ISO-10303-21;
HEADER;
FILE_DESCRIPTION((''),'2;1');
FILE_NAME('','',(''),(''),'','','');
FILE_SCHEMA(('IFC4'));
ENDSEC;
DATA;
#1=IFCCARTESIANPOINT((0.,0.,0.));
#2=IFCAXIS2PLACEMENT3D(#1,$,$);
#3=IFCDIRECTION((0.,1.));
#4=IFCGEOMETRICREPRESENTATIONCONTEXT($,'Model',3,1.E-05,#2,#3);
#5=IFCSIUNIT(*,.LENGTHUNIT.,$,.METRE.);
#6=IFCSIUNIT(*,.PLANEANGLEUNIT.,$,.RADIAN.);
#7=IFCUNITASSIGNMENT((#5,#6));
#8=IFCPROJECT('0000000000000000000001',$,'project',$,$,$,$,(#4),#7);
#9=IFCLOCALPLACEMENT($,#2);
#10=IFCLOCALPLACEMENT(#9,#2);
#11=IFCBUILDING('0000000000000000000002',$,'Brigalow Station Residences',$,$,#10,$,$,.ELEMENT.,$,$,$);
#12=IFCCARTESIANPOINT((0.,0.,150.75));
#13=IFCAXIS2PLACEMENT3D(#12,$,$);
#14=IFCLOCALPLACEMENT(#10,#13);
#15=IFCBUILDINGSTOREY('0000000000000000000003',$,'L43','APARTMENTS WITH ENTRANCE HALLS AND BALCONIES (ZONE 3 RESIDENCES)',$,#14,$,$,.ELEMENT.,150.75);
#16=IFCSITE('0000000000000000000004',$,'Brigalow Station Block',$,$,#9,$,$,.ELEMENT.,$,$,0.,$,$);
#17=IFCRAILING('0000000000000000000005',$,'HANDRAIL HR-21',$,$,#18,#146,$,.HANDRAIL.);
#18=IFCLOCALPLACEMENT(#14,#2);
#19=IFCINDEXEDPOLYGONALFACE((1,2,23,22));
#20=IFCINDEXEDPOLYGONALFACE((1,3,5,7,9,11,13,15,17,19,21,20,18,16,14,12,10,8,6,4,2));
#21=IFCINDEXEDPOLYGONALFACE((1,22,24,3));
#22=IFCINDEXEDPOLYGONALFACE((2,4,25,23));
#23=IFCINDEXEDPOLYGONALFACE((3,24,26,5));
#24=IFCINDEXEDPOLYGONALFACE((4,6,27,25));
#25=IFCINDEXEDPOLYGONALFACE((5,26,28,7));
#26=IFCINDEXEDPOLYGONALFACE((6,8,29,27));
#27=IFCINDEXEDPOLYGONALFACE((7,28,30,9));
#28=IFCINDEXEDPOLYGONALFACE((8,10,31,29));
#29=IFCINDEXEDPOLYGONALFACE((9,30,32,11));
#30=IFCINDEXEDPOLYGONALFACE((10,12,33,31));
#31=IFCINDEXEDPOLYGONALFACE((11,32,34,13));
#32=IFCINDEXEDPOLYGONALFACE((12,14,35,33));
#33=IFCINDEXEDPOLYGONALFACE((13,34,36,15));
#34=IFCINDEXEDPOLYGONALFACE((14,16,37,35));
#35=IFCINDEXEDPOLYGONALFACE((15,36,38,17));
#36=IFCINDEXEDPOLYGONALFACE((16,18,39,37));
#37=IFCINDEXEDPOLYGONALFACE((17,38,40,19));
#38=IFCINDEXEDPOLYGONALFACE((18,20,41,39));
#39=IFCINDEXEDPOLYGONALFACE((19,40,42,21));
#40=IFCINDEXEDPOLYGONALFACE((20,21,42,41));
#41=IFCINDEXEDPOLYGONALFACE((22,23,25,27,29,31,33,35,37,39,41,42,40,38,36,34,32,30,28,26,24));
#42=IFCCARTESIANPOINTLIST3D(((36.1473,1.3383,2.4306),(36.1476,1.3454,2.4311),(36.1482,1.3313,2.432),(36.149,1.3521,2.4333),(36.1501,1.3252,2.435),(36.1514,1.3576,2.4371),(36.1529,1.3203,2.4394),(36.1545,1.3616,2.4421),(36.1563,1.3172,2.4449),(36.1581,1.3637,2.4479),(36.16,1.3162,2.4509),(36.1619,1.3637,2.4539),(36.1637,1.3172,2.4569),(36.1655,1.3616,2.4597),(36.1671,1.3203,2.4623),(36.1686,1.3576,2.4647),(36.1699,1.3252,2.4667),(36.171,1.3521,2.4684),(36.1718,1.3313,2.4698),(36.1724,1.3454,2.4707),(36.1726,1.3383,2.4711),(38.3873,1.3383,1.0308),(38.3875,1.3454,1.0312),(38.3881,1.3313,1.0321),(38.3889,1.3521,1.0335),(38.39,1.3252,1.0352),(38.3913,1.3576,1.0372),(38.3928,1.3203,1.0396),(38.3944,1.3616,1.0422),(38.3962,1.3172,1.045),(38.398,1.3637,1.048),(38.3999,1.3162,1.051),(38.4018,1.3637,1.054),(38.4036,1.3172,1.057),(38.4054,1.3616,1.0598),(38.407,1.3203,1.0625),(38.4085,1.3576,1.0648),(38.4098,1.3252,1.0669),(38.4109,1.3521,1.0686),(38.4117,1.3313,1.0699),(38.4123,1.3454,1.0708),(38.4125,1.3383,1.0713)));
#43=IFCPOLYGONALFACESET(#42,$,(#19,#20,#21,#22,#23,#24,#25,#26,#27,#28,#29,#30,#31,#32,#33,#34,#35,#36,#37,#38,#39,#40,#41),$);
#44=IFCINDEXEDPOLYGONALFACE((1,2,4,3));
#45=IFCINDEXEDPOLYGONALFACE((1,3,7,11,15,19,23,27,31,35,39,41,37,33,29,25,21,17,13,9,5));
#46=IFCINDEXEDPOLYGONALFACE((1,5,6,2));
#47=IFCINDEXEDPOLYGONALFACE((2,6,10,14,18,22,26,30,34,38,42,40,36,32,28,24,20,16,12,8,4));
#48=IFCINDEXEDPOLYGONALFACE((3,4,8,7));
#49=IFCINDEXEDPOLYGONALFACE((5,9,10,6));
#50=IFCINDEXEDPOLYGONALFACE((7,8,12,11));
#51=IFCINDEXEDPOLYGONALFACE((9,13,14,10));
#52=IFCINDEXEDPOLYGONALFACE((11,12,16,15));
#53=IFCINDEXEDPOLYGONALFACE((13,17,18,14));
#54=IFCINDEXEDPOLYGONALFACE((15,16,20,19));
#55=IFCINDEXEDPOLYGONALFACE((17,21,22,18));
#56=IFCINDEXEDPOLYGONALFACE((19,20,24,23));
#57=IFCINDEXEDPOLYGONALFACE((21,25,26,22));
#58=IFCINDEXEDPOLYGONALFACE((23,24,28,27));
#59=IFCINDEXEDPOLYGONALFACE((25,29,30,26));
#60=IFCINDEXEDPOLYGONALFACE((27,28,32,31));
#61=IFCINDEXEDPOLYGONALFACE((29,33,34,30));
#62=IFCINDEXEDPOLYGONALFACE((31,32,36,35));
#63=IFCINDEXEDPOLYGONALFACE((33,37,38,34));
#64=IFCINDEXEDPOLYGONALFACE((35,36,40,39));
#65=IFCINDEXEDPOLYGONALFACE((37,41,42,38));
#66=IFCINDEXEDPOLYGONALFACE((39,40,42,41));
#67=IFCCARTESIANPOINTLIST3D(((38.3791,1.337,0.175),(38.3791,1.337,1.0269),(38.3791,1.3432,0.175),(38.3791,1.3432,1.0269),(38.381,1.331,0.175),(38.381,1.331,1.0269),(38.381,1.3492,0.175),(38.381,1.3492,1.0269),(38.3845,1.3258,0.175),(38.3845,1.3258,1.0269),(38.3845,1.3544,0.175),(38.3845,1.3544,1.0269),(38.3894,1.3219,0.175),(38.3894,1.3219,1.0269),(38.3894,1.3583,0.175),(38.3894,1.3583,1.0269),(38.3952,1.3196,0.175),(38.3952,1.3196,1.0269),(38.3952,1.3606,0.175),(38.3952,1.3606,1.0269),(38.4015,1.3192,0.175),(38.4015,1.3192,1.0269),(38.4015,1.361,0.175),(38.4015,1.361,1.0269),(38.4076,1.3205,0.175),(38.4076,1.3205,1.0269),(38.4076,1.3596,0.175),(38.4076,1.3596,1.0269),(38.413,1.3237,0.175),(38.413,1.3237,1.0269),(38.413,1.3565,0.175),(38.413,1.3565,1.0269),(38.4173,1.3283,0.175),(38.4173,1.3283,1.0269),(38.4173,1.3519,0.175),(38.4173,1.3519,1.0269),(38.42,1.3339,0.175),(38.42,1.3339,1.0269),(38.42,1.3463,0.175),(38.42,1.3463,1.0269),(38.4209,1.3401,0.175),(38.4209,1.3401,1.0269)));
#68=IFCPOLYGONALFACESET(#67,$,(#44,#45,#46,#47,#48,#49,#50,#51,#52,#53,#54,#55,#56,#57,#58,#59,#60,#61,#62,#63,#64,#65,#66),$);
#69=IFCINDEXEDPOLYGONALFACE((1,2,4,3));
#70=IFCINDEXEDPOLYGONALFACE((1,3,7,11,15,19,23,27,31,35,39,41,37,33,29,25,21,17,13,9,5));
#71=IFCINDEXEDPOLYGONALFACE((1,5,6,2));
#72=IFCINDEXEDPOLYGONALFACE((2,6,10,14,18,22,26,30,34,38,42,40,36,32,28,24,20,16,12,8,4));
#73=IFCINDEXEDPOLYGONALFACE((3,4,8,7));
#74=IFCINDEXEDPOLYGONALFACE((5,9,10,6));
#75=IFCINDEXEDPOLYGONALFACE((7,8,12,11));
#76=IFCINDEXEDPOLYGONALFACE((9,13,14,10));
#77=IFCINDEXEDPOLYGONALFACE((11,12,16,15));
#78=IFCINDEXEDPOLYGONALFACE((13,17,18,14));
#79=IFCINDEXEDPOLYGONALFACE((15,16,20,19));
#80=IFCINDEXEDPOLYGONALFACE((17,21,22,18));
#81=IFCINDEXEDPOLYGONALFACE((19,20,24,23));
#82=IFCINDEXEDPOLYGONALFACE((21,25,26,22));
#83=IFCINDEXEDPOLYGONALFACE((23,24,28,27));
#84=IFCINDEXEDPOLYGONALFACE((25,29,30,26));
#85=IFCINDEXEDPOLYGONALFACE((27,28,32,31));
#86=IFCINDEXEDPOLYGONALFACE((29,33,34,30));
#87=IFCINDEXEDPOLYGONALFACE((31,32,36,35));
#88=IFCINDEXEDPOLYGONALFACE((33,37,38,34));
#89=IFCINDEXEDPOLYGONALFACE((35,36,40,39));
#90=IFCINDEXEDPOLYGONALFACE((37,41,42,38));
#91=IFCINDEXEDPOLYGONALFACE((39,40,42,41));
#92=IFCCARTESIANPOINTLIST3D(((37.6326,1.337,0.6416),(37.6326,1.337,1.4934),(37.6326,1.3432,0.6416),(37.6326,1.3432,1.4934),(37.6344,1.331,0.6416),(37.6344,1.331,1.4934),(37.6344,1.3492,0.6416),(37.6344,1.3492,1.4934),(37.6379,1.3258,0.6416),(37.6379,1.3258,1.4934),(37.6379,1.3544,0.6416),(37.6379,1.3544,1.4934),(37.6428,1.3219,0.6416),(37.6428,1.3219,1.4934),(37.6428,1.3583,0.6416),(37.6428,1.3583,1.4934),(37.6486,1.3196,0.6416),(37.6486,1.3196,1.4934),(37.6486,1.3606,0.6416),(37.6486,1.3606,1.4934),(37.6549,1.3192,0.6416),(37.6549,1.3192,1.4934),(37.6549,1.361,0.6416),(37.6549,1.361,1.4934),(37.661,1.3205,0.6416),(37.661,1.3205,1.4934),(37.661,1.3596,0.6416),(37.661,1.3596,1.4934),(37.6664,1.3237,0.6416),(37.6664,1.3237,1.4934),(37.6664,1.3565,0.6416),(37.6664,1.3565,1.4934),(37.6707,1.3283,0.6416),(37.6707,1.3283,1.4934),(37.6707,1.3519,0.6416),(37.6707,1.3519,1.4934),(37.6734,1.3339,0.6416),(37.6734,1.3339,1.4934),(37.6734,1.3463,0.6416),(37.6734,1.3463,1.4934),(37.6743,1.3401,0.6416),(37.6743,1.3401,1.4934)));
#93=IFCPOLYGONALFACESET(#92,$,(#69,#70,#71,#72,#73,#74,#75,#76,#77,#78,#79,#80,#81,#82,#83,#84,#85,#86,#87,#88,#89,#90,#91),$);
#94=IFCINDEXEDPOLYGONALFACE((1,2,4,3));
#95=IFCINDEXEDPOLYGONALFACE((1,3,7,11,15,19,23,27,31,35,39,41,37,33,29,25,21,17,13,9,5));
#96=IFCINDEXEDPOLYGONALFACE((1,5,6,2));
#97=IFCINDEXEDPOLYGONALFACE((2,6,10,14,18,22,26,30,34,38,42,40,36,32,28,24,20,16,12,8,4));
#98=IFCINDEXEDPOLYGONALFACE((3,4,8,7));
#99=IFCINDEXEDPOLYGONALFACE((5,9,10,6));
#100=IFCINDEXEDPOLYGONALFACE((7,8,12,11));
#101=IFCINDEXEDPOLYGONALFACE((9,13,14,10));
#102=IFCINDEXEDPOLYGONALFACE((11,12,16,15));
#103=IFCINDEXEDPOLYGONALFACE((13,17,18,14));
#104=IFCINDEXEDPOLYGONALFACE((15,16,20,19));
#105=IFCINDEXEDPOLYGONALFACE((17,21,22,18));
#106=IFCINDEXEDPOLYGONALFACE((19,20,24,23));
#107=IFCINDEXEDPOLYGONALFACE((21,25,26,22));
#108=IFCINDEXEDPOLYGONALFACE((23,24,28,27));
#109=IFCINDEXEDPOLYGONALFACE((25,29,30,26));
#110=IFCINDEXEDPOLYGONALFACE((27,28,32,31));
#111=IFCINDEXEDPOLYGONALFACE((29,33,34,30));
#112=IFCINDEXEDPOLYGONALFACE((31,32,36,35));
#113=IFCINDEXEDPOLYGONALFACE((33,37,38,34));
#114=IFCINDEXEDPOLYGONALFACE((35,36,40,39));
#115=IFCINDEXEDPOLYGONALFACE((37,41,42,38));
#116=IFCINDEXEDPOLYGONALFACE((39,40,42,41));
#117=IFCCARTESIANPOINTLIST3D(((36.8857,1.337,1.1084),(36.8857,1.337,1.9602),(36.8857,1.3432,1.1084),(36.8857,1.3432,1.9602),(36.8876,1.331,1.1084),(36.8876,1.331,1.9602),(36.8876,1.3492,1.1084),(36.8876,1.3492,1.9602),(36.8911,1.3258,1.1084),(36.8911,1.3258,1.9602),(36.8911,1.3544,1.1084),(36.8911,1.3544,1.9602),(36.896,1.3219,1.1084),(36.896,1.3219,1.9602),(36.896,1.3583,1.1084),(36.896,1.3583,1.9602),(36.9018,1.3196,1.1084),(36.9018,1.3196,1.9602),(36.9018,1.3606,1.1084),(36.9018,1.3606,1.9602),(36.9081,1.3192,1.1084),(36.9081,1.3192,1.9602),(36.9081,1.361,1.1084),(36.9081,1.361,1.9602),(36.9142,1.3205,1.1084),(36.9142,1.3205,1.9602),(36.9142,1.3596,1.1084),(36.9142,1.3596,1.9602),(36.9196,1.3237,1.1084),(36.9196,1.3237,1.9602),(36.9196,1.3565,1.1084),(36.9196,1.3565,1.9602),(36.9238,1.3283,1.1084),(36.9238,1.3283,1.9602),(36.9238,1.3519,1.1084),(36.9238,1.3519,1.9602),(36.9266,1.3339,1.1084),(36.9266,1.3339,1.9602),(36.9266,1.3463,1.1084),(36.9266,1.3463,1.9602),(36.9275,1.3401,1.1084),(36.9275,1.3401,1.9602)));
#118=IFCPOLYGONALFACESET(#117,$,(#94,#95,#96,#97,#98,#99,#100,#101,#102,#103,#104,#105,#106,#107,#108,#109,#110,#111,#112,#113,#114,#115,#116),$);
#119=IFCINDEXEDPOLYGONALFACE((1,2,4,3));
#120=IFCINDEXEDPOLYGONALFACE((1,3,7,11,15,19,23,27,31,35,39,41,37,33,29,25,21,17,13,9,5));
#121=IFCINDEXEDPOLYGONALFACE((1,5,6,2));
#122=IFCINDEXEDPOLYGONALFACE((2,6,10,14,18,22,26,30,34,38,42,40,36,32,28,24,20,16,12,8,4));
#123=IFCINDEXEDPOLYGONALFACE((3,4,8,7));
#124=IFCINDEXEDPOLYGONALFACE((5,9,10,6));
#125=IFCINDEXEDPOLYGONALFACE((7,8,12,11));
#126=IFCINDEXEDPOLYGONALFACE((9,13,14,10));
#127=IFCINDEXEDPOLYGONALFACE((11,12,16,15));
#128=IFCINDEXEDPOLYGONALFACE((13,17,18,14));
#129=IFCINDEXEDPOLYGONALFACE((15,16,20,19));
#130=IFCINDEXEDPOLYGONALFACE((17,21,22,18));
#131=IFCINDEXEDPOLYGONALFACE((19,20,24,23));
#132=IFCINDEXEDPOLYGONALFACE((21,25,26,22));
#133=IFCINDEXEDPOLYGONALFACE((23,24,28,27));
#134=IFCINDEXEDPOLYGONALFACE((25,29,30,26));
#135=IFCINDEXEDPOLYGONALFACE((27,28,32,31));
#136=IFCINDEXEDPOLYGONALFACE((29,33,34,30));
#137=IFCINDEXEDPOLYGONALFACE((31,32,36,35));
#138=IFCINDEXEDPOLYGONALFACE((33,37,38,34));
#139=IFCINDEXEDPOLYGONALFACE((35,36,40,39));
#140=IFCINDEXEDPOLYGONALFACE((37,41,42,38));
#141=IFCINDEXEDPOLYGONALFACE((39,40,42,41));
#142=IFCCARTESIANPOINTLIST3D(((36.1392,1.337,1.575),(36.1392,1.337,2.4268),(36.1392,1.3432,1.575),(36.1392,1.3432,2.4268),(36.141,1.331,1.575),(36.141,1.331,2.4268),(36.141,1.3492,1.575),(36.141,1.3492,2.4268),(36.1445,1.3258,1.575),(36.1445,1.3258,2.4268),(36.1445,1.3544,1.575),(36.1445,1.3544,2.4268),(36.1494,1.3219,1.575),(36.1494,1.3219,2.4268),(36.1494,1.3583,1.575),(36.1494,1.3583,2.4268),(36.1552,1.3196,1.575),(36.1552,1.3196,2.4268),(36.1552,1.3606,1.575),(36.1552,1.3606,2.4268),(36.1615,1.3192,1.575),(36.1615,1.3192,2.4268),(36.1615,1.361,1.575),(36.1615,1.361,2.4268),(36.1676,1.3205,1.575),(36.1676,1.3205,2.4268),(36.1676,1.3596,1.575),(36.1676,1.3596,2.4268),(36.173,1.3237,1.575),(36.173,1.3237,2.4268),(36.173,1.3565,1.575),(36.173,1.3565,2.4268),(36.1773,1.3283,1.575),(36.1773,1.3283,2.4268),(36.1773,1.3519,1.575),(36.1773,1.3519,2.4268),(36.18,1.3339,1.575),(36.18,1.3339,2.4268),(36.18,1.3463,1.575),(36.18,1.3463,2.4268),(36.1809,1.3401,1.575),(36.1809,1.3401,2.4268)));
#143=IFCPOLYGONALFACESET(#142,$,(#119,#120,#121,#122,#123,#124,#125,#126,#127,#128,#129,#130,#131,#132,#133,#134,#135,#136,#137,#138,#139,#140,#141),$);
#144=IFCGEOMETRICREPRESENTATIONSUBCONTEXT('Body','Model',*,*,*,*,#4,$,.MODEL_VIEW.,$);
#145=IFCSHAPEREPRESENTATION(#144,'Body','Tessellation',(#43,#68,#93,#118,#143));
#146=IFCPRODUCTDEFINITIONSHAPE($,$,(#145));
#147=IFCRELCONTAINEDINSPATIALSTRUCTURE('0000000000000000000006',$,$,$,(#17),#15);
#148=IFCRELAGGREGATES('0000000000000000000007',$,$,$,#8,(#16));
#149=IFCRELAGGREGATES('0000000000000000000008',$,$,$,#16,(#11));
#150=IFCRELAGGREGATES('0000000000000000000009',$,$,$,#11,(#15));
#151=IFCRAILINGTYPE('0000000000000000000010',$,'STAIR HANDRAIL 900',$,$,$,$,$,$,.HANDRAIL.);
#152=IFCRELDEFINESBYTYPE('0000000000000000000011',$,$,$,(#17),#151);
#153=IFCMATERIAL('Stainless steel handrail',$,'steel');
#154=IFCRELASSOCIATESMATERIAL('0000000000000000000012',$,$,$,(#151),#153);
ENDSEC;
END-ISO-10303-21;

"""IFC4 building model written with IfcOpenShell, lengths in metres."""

from ifc_helpers import new_model, si_unit, direction, frame, origin, origin_2d, place, context, subcontext, project, spatial, circle, extrude, material, type_object, element, save


model = new_model("IFC4")

# Units and contexts
model_context = context("Model", 3, precision=1e-05, world=origin(), true_north=direction((0.0, 1.0)))
body_context = subcontext(model_context, "Body", "Model", "MODEL_VIEW")
ifc_project = project(units=[si_unit("LENGTHUNIT", "METRE"), si_unit("PLANEANGLEUNIT", "RADIAN")], contexts=[model_context])

# Site, building, storey
site_placement = place(None, origin())
site = spatial("IfcSite", under=ifc_project, at=site_placement, Name="Brigalow Station Block", CompositionType="ELEMENT", RefElevation=0.0)
building_placement = place(site_placement, origin())
building = spatial("IfcBuilding", under=site, at=building_placement, Name="Brigalow Station Residences", CompositionType="ELEMENT")
storey_placement = place(building_placement, frame((0.0, 0.0, 150.75)))
storey = spatial("IfcBuildingStorey", under=building, at=storey_placement, Name="L43", Description="APARTMENTS WITH ENTRANCE HALLS AND BALCONIES (ZONE 3 RESIDENCES)", CompositionType="ELEMENT", Elevation=150.75)

# Railing
ifc_material_1 = material(Name="Stainless steel handrail", Category="steel")
railing_type_1 = type_object("IfcRailingType", Name="STAIR HANDRAIL 900", PredefinedType="HANDRAIL", material=ifc_material_1)
railing_1_placement = place(storey_placement, frame((38.3999, 1.3401, 0.175)))
element("IfcRailing", 1, at=railing_1_placement, inside=storey, type_object=railing_type_1, Name="HANDRAIL HR-21", PredefinedType="HANDRAIL", context=body_context, shape_type="SweptSolid", body=[
    extrude(circle(Radius=0.0239, at=origin_2d()), frame((0.0, 0.0, 0.876), z_axis=(-0.848014, 0.0, 0.529974), x_axis=(0.0, -1.0, 0.0)), (0.0, 0.0, 1.0), 2.6414),
    extrude(circle(Radius=0.021, at=origin_2d()), origin(), (0.0, 0.0, 1.0), 0.8518),
    extrude(circle(Radius=0.021, at=origin_2d()), frame((-0.7466, 0.0, 0.4666)), (0.0, 0.0, 1.0), 0.8518),
    extrude(circle(Radius=0.021, at=origin_2d()), frame((-1.4934, 0.0, 0.9333)), (0.0, 0.0, 1.0), 0.8518),
    extrude(circle(Radius=0.021, at=origin_2d()), frame((-2.24, 0.0, 1.3999)), (0.0, 0.0, 1.0), 0.8518),
])

save(model, "model.ifc")
